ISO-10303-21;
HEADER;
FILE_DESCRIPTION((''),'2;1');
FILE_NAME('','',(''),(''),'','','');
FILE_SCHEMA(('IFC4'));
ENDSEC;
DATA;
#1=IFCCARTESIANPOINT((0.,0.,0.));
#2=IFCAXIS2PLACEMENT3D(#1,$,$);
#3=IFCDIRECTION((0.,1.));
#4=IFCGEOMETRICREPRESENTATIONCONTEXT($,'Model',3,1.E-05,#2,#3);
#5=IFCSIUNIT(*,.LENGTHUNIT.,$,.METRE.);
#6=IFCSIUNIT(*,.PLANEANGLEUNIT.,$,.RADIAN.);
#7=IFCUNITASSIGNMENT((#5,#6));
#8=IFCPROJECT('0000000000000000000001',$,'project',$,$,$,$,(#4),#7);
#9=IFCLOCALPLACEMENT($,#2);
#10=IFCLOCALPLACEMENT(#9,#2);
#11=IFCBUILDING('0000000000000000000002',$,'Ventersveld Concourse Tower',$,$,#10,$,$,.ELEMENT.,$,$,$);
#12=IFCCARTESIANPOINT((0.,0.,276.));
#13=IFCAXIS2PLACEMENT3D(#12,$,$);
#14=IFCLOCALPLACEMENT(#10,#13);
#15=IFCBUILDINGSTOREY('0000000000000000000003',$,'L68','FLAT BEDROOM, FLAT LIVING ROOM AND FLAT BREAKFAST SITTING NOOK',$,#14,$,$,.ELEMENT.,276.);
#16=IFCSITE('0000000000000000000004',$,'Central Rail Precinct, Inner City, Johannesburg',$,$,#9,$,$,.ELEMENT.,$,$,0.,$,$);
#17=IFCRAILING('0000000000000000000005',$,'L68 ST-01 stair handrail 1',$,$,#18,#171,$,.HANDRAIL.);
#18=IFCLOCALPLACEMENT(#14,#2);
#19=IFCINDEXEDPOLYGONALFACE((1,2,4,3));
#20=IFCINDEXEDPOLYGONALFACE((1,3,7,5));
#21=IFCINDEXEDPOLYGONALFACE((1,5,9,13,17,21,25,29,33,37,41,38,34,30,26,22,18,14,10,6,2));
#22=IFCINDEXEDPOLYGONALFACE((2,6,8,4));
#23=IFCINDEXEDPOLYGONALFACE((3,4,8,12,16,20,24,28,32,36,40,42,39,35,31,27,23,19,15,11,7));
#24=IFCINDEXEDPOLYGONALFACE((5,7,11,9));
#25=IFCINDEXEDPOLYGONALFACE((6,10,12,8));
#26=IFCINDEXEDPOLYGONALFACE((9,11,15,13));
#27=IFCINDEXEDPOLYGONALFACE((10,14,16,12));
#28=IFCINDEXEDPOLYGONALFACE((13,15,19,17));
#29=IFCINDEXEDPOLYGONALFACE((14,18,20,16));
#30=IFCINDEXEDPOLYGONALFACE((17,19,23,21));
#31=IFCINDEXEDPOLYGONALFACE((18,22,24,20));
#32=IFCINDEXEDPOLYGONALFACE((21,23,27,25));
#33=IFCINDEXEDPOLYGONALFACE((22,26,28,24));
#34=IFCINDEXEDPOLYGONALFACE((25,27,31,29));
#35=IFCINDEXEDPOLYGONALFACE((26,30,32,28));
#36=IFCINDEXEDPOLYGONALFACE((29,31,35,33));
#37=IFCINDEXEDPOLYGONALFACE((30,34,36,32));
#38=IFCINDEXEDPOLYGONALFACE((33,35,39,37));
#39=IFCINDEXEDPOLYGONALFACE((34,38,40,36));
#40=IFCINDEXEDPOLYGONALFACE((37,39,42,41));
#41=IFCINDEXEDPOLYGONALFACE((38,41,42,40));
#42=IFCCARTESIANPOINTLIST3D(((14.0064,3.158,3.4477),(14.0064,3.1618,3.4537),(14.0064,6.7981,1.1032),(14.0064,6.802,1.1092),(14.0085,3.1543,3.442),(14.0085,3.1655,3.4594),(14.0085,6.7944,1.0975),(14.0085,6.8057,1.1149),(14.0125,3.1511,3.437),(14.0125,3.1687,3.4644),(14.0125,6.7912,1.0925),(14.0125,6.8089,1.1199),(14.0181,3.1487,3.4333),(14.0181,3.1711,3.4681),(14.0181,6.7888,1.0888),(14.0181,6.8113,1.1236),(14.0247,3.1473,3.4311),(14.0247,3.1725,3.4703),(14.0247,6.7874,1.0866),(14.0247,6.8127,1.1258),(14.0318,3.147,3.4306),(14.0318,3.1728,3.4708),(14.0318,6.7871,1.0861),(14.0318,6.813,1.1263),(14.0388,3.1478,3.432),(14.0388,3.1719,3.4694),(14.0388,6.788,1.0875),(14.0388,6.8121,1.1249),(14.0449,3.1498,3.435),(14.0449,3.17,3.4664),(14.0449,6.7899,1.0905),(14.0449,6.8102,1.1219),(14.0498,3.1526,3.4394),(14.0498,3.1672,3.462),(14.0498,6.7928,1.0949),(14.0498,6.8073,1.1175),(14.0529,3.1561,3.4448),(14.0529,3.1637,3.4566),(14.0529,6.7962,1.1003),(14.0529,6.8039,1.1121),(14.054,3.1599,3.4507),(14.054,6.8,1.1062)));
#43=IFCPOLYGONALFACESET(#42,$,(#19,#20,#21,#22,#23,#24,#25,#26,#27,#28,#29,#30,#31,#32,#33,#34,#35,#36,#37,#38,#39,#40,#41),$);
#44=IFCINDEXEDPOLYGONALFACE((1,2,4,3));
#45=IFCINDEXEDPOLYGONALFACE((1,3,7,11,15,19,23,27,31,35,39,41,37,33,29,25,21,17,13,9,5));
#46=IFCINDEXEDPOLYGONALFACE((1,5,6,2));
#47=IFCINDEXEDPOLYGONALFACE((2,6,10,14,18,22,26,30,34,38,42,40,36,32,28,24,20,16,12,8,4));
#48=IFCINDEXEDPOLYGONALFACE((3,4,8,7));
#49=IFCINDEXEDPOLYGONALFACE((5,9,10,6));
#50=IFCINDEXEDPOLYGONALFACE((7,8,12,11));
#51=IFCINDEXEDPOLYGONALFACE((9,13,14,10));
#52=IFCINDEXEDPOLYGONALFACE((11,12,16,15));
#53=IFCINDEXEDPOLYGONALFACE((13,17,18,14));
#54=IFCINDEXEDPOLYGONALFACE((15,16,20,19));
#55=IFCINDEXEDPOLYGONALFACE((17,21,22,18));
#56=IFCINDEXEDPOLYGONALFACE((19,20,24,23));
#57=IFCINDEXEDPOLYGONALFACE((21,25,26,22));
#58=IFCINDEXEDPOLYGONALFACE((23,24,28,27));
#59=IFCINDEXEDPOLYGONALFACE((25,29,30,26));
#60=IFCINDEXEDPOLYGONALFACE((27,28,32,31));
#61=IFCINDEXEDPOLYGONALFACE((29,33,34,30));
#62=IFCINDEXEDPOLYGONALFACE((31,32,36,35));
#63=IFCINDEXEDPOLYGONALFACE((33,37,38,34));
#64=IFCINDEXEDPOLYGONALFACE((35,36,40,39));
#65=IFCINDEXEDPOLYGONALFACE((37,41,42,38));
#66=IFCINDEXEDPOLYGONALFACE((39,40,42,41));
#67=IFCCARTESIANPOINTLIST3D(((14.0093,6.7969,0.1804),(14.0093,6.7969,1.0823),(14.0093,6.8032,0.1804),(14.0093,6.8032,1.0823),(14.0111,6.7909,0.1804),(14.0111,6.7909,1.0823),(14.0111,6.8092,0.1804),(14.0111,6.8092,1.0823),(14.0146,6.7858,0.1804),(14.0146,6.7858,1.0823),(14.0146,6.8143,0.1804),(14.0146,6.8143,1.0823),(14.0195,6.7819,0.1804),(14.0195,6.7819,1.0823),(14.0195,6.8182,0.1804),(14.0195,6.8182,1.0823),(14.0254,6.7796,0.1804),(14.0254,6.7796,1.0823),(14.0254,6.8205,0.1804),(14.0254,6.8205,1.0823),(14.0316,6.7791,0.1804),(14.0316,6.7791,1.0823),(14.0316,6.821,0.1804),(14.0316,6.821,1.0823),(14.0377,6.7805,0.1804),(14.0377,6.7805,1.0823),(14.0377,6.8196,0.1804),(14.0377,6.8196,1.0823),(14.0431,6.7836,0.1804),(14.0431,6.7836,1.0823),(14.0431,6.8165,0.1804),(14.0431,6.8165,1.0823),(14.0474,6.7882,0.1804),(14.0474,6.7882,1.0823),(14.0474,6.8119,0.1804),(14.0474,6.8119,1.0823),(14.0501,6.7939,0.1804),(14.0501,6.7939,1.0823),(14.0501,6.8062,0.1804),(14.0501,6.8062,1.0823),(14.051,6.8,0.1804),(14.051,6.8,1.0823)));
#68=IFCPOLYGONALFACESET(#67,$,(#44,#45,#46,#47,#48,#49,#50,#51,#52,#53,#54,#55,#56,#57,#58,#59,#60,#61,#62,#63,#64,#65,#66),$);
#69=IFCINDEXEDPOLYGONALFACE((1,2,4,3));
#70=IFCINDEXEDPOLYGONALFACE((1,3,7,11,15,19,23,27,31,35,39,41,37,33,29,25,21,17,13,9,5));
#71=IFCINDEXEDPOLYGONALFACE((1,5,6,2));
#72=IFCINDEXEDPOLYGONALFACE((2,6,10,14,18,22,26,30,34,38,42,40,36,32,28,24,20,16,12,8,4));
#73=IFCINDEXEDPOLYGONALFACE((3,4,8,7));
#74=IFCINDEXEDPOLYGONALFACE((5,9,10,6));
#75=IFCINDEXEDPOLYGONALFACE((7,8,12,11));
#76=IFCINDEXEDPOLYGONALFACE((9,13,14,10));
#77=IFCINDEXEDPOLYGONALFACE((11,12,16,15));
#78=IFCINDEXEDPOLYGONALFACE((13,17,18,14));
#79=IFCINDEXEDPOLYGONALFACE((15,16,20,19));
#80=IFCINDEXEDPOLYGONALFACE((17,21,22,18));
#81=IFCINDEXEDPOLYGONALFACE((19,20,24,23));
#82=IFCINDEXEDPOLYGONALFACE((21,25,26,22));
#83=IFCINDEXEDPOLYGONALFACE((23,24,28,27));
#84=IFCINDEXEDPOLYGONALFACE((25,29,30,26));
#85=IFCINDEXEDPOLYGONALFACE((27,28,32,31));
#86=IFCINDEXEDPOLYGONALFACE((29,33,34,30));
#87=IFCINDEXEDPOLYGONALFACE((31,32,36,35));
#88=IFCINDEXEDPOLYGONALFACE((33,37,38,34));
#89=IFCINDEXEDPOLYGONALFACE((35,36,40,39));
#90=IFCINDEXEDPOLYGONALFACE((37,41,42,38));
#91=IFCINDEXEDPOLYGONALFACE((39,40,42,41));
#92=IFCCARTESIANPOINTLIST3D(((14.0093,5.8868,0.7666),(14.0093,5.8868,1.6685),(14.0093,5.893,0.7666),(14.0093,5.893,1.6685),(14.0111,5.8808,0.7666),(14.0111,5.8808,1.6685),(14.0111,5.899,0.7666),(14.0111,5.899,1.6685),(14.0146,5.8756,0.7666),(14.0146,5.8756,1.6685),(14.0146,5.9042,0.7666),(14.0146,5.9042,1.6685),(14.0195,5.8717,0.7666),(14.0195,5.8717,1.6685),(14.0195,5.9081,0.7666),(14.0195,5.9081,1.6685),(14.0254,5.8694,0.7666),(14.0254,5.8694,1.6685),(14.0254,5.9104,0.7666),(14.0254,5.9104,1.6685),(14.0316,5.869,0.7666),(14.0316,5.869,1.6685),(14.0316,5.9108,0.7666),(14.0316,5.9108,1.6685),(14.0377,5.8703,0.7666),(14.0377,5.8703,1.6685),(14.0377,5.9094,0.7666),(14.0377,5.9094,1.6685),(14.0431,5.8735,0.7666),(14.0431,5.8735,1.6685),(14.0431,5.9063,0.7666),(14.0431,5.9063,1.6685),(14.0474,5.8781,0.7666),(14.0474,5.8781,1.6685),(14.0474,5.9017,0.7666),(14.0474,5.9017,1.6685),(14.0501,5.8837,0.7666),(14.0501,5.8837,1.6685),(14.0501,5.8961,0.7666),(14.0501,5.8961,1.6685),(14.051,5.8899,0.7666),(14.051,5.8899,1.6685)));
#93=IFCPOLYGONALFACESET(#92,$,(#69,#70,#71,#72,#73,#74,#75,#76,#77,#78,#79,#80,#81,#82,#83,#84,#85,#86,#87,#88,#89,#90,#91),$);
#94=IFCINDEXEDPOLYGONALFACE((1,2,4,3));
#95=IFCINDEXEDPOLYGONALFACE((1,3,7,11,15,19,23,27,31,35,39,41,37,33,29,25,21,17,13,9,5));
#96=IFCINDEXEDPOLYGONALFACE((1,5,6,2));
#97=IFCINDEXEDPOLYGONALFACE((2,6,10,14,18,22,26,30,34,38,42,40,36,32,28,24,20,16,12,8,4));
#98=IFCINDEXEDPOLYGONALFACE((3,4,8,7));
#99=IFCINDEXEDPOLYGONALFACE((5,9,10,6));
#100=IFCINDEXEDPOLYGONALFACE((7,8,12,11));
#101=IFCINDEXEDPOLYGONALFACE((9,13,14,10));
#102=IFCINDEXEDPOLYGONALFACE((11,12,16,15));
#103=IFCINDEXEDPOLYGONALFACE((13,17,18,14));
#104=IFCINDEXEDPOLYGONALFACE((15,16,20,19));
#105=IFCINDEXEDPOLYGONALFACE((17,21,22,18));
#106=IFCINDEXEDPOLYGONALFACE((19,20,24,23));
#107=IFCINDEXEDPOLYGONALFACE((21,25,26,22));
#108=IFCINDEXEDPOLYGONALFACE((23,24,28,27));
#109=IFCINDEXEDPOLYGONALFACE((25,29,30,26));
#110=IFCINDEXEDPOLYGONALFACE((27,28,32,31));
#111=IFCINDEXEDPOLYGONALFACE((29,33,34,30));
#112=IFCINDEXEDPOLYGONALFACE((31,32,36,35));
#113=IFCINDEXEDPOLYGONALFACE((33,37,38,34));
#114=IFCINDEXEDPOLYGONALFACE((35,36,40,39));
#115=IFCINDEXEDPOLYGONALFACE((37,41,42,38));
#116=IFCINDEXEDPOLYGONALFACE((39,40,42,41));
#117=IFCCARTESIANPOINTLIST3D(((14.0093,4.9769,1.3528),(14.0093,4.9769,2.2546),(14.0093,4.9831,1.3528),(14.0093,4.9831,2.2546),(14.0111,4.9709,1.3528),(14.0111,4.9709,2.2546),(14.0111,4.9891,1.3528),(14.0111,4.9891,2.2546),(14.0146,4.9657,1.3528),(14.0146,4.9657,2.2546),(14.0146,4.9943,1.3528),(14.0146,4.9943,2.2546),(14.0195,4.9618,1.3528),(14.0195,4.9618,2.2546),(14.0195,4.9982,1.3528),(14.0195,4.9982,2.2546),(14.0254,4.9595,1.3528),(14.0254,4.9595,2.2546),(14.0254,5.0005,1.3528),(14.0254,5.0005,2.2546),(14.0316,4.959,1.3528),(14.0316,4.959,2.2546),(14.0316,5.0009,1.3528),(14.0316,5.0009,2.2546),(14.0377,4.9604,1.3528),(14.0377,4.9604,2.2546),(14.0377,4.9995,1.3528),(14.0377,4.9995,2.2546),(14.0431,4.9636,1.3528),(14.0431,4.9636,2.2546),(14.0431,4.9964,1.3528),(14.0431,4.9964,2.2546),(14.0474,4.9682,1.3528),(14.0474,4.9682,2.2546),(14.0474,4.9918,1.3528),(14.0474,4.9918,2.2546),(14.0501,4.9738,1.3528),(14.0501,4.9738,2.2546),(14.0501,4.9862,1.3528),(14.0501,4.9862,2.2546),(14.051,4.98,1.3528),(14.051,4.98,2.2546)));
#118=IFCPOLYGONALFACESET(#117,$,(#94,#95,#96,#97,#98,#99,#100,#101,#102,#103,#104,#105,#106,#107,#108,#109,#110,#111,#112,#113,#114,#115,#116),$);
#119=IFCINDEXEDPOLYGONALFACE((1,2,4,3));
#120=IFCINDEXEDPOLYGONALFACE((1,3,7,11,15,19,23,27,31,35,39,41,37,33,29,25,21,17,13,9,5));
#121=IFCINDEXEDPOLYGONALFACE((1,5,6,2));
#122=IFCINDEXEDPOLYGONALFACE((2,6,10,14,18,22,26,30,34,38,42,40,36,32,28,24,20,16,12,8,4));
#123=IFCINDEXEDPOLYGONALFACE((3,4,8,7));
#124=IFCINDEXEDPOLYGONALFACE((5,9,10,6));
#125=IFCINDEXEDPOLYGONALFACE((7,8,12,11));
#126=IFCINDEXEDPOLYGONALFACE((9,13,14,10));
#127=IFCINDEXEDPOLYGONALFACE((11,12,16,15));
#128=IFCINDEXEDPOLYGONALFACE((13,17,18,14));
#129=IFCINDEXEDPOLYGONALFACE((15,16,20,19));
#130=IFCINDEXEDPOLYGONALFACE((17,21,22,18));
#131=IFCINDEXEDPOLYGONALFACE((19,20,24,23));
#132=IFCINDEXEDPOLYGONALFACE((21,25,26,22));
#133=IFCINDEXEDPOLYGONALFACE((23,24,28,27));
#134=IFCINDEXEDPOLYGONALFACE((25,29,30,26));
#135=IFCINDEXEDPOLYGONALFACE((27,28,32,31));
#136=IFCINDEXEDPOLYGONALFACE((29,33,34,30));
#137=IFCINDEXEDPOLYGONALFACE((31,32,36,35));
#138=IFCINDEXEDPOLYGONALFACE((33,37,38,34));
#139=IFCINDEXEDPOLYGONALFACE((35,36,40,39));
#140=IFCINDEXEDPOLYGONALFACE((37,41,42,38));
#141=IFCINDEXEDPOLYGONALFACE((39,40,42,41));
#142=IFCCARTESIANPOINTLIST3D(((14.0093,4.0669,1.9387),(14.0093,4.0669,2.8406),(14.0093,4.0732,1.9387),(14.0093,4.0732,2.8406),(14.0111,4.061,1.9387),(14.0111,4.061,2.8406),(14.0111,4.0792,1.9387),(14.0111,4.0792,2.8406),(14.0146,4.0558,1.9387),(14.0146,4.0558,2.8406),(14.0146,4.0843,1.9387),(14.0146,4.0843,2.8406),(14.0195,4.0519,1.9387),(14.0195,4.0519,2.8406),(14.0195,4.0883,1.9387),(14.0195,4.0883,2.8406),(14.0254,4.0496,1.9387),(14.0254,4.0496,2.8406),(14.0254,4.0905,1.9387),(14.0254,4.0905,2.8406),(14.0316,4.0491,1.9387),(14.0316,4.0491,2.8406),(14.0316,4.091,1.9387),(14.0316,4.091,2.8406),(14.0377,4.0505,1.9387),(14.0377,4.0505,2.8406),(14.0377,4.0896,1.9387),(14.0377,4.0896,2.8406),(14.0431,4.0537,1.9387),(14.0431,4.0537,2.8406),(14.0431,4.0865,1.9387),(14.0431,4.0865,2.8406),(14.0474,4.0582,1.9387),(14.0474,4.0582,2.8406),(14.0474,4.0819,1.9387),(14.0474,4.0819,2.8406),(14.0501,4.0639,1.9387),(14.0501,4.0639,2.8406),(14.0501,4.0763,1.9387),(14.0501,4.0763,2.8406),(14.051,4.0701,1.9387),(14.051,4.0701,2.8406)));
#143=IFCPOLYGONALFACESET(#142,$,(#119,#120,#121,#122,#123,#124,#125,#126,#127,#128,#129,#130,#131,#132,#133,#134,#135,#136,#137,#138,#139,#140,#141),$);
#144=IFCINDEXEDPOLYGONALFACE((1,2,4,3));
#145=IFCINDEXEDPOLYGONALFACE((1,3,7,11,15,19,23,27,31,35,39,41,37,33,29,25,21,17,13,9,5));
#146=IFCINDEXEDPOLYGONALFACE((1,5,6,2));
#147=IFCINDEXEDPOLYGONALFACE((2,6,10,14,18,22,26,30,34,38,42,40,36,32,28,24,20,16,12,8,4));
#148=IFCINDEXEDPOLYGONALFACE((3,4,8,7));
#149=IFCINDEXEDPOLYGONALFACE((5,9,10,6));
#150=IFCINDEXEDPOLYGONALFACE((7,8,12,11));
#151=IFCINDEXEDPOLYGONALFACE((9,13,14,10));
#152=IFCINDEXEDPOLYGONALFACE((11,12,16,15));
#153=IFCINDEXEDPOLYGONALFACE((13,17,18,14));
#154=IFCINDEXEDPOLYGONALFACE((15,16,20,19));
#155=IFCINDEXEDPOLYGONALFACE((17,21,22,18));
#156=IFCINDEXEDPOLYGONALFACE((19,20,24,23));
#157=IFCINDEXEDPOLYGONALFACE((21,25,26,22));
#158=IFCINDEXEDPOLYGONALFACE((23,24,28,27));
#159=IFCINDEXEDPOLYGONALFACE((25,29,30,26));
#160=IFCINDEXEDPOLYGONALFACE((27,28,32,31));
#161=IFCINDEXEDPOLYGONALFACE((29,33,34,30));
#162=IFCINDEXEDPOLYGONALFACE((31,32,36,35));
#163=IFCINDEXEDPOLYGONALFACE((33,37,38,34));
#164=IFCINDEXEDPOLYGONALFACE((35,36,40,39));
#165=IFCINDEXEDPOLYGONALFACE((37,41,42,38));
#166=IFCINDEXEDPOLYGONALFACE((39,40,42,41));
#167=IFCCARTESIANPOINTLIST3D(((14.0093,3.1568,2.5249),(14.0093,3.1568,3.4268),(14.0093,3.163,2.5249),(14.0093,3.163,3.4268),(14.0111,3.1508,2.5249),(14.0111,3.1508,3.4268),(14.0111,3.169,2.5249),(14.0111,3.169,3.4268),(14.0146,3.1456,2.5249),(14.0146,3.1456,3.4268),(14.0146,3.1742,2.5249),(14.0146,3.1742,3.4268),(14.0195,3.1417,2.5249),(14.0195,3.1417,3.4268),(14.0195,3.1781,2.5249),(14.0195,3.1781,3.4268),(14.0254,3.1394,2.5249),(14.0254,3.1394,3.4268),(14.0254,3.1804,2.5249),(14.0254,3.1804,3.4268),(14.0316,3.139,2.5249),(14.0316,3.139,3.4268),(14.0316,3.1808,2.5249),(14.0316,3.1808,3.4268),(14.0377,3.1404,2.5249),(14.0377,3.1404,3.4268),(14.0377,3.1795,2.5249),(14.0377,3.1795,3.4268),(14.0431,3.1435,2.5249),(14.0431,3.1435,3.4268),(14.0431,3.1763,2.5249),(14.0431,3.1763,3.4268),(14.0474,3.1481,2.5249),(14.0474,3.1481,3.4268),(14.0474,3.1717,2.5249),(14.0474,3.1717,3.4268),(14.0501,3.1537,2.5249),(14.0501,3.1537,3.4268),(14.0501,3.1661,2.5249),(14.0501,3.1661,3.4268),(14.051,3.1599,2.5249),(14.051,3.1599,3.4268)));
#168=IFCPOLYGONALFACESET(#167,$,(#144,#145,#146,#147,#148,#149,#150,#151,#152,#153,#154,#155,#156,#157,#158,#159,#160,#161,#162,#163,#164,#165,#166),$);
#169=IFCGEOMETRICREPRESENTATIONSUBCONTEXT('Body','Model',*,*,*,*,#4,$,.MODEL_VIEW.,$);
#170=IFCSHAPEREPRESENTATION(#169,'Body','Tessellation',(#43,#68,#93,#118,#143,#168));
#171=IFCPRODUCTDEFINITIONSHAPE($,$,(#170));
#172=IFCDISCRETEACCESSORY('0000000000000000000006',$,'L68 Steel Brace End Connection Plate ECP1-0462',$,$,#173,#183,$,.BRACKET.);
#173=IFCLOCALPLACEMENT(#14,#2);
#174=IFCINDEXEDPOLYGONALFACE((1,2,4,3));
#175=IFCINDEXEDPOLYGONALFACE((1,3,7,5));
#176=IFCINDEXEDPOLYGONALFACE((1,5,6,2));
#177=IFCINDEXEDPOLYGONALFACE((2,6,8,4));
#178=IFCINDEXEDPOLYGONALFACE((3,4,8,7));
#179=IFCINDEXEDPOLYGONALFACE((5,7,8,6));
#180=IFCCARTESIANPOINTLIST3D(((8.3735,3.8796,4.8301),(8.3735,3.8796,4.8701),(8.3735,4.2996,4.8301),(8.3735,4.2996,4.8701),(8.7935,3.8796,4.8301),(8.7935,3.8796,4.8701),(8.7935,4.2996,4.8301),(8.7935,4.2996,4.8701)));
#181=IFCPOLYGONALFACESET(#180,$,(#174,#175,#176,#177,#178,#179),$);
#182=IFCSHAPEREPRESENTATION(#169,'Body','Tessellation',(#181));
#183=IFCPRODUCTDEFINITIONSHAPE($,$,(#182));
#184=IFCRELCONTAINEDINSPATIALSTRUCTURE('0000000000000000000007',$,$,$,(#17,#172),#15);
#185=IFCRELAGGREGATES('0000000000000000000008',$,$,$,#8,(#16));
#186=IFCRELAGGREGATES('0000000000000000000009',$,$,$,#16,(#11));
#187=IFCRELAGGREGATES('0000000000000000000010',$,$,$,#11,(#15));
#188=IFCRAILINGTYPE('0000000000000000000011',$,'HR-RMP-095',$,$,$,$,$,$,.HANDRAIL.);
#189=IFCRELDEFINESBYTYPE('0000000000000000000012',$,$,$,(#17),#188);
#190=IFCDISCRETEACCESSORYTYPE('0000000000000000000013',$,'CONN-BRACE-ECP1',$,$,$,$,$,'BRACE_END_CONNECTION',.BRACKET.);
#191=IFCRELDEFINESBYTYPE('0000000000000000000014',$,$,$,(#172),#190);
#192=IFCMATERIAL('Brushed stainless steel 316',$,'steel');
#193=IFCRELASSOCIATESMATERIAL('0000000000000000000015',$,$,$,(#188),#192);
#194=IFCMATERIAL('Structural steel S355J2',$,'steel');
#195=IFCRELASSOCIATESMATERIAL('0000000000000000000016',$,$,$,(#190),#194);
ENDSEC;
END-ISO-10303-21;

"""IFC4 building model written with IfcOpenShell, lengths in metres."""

from ifc_helpers import new_model, si_unit, direction, frame, origin, origin_2d, place, context, subcontext, project, spatial, rectangle, circle, extrude, material, type_object, element, save


model = new_model("IFC4")

# Units and contexts
model_context = context("Model", 3, precision=1e-05, world=origin(), true_north=direction((0.0, 1.0)))
body_context = subcontext(model_context, "Body", "Model", "MODEL_VIEW")
ifc_project = project(units=[si_unit("LENGTHUNIT", "METRE"), si_unit("PLANEANGLEUNIT", "RADIAN")], contexts=[model_context])

# Site, building, storey
site_placement = place(None, origin())
site = spatial("IfcSite", under=ifc_project, at=site_placement, Name="Central Rail Precinct, Inner City, Johannesburg", CompositionType="ELEMENT", RefElevation=0.0)
building_placement = place(site_placement, origin())
building = spatial("IfcBuilding", under=site, at=building_placement, Name="Ventersveld Concourse Tower", CompositionType="ELEMENT")
storey_placement = place(building_placement, frame((0.0, 0.0, 276.0)))
storey = spatial("IfcBuildingStorey", under=building, at=storey_placement, Name="L68", Description="FLAT BEDROOM, FLAT LIVING ROOM AND FLAT BREAKFAST SITTING NOOK", CompositionType="ELEMENT", Elevation=276.0)

# Shared definitions
ifc_material_1 = material(Name="Structural steel S355J2", Category="steel")

# Railing
ifc_material_2 = material(Name="Brushed stainless steel 316", Category="steel")
railing_type = type_object("IfcRailingType", Name="HR-RMP-095", PredefinedType="HANDRAIL", material=ifc_material_2)
railing_placement = place(storey_placement, frame((14.03, 6.8, 0.1804)))
element("IfcRailing", 1, at=railing_placement, inside=storey, type_object=railing_type, Name="L68 ST-01 stair handrail 1", PredefinedType="HANDRAIL", context=body_context, shape_type="SweptSolid", body=[
    extrude(circle(Radius=0.0239, at=origin_2d()), frame((0.0, 0.0, 0.9258), z_axis=(0.0, -0.840716, 0.541476), x_axis=(1.0, 0.0, 0.0)), (0.0, 0.0, 1.0), 4.3298),
    extrude(circle(Radius=0.021, at=origin_2d()), origin(), (0.0, 0.0, 1.0), 0.9019),
    extrude(circle(Radius=0.021, at=origin_2d()), frame((0.0, -0.9102, 0.5862)), (0.0, 0.0, 1.0), 0.9019),
    extrude(circle(Radius=0.021, at=origin_2d()), frame((0.0, -1.8201, 1.1724)), (0.0, 0.0, 1.0), 0.9019),
    extrude(circle(Radius=0.021, at=origin_2d()), frame((0.0, -2.73, 1.7583)), (0.0, 0.0, 1.0), 0.9019),
    extrude(circle(Radius=0.021, at=origin_2d()), frame((0.0, -3.6401, 2.3445)), (0.0, 0.0, 1.0), 0.9019),
])

# Discrete accessory
discrete_accessory_type = type_object("IfcDiscreteAccessoryType", Name="CONN-BRACE-ECP1", ElementType="BRACE_END_CONNECTION", PredefinedType="BRACKET", material=ifc_material_1)
discrete_accessory_placement = place(storey_placement, frame((8.5835, 4.0896, 4.8301), z_axis=(0.0, 0.0, 1.0), x_axis=(1.0, 0.0, 0.0)))
element("IfcDiscreteAccessory", 2, at=discrete_accessory_placement, inside=storey, type_object=discrete_accessory_type, Name="L68 Steel Brace End Connection Plate ECP1-0462", PredefinedType="BRACKET", context=body_context, shape_type="SweptSolid", body=[
    extrude(rectangle(XDim=0.4199, YDim=0.4199, at=origin_2d()), origin(), (0.0, 0.0, 1.0), 0.04),
])

save(model, "model.ifc")
